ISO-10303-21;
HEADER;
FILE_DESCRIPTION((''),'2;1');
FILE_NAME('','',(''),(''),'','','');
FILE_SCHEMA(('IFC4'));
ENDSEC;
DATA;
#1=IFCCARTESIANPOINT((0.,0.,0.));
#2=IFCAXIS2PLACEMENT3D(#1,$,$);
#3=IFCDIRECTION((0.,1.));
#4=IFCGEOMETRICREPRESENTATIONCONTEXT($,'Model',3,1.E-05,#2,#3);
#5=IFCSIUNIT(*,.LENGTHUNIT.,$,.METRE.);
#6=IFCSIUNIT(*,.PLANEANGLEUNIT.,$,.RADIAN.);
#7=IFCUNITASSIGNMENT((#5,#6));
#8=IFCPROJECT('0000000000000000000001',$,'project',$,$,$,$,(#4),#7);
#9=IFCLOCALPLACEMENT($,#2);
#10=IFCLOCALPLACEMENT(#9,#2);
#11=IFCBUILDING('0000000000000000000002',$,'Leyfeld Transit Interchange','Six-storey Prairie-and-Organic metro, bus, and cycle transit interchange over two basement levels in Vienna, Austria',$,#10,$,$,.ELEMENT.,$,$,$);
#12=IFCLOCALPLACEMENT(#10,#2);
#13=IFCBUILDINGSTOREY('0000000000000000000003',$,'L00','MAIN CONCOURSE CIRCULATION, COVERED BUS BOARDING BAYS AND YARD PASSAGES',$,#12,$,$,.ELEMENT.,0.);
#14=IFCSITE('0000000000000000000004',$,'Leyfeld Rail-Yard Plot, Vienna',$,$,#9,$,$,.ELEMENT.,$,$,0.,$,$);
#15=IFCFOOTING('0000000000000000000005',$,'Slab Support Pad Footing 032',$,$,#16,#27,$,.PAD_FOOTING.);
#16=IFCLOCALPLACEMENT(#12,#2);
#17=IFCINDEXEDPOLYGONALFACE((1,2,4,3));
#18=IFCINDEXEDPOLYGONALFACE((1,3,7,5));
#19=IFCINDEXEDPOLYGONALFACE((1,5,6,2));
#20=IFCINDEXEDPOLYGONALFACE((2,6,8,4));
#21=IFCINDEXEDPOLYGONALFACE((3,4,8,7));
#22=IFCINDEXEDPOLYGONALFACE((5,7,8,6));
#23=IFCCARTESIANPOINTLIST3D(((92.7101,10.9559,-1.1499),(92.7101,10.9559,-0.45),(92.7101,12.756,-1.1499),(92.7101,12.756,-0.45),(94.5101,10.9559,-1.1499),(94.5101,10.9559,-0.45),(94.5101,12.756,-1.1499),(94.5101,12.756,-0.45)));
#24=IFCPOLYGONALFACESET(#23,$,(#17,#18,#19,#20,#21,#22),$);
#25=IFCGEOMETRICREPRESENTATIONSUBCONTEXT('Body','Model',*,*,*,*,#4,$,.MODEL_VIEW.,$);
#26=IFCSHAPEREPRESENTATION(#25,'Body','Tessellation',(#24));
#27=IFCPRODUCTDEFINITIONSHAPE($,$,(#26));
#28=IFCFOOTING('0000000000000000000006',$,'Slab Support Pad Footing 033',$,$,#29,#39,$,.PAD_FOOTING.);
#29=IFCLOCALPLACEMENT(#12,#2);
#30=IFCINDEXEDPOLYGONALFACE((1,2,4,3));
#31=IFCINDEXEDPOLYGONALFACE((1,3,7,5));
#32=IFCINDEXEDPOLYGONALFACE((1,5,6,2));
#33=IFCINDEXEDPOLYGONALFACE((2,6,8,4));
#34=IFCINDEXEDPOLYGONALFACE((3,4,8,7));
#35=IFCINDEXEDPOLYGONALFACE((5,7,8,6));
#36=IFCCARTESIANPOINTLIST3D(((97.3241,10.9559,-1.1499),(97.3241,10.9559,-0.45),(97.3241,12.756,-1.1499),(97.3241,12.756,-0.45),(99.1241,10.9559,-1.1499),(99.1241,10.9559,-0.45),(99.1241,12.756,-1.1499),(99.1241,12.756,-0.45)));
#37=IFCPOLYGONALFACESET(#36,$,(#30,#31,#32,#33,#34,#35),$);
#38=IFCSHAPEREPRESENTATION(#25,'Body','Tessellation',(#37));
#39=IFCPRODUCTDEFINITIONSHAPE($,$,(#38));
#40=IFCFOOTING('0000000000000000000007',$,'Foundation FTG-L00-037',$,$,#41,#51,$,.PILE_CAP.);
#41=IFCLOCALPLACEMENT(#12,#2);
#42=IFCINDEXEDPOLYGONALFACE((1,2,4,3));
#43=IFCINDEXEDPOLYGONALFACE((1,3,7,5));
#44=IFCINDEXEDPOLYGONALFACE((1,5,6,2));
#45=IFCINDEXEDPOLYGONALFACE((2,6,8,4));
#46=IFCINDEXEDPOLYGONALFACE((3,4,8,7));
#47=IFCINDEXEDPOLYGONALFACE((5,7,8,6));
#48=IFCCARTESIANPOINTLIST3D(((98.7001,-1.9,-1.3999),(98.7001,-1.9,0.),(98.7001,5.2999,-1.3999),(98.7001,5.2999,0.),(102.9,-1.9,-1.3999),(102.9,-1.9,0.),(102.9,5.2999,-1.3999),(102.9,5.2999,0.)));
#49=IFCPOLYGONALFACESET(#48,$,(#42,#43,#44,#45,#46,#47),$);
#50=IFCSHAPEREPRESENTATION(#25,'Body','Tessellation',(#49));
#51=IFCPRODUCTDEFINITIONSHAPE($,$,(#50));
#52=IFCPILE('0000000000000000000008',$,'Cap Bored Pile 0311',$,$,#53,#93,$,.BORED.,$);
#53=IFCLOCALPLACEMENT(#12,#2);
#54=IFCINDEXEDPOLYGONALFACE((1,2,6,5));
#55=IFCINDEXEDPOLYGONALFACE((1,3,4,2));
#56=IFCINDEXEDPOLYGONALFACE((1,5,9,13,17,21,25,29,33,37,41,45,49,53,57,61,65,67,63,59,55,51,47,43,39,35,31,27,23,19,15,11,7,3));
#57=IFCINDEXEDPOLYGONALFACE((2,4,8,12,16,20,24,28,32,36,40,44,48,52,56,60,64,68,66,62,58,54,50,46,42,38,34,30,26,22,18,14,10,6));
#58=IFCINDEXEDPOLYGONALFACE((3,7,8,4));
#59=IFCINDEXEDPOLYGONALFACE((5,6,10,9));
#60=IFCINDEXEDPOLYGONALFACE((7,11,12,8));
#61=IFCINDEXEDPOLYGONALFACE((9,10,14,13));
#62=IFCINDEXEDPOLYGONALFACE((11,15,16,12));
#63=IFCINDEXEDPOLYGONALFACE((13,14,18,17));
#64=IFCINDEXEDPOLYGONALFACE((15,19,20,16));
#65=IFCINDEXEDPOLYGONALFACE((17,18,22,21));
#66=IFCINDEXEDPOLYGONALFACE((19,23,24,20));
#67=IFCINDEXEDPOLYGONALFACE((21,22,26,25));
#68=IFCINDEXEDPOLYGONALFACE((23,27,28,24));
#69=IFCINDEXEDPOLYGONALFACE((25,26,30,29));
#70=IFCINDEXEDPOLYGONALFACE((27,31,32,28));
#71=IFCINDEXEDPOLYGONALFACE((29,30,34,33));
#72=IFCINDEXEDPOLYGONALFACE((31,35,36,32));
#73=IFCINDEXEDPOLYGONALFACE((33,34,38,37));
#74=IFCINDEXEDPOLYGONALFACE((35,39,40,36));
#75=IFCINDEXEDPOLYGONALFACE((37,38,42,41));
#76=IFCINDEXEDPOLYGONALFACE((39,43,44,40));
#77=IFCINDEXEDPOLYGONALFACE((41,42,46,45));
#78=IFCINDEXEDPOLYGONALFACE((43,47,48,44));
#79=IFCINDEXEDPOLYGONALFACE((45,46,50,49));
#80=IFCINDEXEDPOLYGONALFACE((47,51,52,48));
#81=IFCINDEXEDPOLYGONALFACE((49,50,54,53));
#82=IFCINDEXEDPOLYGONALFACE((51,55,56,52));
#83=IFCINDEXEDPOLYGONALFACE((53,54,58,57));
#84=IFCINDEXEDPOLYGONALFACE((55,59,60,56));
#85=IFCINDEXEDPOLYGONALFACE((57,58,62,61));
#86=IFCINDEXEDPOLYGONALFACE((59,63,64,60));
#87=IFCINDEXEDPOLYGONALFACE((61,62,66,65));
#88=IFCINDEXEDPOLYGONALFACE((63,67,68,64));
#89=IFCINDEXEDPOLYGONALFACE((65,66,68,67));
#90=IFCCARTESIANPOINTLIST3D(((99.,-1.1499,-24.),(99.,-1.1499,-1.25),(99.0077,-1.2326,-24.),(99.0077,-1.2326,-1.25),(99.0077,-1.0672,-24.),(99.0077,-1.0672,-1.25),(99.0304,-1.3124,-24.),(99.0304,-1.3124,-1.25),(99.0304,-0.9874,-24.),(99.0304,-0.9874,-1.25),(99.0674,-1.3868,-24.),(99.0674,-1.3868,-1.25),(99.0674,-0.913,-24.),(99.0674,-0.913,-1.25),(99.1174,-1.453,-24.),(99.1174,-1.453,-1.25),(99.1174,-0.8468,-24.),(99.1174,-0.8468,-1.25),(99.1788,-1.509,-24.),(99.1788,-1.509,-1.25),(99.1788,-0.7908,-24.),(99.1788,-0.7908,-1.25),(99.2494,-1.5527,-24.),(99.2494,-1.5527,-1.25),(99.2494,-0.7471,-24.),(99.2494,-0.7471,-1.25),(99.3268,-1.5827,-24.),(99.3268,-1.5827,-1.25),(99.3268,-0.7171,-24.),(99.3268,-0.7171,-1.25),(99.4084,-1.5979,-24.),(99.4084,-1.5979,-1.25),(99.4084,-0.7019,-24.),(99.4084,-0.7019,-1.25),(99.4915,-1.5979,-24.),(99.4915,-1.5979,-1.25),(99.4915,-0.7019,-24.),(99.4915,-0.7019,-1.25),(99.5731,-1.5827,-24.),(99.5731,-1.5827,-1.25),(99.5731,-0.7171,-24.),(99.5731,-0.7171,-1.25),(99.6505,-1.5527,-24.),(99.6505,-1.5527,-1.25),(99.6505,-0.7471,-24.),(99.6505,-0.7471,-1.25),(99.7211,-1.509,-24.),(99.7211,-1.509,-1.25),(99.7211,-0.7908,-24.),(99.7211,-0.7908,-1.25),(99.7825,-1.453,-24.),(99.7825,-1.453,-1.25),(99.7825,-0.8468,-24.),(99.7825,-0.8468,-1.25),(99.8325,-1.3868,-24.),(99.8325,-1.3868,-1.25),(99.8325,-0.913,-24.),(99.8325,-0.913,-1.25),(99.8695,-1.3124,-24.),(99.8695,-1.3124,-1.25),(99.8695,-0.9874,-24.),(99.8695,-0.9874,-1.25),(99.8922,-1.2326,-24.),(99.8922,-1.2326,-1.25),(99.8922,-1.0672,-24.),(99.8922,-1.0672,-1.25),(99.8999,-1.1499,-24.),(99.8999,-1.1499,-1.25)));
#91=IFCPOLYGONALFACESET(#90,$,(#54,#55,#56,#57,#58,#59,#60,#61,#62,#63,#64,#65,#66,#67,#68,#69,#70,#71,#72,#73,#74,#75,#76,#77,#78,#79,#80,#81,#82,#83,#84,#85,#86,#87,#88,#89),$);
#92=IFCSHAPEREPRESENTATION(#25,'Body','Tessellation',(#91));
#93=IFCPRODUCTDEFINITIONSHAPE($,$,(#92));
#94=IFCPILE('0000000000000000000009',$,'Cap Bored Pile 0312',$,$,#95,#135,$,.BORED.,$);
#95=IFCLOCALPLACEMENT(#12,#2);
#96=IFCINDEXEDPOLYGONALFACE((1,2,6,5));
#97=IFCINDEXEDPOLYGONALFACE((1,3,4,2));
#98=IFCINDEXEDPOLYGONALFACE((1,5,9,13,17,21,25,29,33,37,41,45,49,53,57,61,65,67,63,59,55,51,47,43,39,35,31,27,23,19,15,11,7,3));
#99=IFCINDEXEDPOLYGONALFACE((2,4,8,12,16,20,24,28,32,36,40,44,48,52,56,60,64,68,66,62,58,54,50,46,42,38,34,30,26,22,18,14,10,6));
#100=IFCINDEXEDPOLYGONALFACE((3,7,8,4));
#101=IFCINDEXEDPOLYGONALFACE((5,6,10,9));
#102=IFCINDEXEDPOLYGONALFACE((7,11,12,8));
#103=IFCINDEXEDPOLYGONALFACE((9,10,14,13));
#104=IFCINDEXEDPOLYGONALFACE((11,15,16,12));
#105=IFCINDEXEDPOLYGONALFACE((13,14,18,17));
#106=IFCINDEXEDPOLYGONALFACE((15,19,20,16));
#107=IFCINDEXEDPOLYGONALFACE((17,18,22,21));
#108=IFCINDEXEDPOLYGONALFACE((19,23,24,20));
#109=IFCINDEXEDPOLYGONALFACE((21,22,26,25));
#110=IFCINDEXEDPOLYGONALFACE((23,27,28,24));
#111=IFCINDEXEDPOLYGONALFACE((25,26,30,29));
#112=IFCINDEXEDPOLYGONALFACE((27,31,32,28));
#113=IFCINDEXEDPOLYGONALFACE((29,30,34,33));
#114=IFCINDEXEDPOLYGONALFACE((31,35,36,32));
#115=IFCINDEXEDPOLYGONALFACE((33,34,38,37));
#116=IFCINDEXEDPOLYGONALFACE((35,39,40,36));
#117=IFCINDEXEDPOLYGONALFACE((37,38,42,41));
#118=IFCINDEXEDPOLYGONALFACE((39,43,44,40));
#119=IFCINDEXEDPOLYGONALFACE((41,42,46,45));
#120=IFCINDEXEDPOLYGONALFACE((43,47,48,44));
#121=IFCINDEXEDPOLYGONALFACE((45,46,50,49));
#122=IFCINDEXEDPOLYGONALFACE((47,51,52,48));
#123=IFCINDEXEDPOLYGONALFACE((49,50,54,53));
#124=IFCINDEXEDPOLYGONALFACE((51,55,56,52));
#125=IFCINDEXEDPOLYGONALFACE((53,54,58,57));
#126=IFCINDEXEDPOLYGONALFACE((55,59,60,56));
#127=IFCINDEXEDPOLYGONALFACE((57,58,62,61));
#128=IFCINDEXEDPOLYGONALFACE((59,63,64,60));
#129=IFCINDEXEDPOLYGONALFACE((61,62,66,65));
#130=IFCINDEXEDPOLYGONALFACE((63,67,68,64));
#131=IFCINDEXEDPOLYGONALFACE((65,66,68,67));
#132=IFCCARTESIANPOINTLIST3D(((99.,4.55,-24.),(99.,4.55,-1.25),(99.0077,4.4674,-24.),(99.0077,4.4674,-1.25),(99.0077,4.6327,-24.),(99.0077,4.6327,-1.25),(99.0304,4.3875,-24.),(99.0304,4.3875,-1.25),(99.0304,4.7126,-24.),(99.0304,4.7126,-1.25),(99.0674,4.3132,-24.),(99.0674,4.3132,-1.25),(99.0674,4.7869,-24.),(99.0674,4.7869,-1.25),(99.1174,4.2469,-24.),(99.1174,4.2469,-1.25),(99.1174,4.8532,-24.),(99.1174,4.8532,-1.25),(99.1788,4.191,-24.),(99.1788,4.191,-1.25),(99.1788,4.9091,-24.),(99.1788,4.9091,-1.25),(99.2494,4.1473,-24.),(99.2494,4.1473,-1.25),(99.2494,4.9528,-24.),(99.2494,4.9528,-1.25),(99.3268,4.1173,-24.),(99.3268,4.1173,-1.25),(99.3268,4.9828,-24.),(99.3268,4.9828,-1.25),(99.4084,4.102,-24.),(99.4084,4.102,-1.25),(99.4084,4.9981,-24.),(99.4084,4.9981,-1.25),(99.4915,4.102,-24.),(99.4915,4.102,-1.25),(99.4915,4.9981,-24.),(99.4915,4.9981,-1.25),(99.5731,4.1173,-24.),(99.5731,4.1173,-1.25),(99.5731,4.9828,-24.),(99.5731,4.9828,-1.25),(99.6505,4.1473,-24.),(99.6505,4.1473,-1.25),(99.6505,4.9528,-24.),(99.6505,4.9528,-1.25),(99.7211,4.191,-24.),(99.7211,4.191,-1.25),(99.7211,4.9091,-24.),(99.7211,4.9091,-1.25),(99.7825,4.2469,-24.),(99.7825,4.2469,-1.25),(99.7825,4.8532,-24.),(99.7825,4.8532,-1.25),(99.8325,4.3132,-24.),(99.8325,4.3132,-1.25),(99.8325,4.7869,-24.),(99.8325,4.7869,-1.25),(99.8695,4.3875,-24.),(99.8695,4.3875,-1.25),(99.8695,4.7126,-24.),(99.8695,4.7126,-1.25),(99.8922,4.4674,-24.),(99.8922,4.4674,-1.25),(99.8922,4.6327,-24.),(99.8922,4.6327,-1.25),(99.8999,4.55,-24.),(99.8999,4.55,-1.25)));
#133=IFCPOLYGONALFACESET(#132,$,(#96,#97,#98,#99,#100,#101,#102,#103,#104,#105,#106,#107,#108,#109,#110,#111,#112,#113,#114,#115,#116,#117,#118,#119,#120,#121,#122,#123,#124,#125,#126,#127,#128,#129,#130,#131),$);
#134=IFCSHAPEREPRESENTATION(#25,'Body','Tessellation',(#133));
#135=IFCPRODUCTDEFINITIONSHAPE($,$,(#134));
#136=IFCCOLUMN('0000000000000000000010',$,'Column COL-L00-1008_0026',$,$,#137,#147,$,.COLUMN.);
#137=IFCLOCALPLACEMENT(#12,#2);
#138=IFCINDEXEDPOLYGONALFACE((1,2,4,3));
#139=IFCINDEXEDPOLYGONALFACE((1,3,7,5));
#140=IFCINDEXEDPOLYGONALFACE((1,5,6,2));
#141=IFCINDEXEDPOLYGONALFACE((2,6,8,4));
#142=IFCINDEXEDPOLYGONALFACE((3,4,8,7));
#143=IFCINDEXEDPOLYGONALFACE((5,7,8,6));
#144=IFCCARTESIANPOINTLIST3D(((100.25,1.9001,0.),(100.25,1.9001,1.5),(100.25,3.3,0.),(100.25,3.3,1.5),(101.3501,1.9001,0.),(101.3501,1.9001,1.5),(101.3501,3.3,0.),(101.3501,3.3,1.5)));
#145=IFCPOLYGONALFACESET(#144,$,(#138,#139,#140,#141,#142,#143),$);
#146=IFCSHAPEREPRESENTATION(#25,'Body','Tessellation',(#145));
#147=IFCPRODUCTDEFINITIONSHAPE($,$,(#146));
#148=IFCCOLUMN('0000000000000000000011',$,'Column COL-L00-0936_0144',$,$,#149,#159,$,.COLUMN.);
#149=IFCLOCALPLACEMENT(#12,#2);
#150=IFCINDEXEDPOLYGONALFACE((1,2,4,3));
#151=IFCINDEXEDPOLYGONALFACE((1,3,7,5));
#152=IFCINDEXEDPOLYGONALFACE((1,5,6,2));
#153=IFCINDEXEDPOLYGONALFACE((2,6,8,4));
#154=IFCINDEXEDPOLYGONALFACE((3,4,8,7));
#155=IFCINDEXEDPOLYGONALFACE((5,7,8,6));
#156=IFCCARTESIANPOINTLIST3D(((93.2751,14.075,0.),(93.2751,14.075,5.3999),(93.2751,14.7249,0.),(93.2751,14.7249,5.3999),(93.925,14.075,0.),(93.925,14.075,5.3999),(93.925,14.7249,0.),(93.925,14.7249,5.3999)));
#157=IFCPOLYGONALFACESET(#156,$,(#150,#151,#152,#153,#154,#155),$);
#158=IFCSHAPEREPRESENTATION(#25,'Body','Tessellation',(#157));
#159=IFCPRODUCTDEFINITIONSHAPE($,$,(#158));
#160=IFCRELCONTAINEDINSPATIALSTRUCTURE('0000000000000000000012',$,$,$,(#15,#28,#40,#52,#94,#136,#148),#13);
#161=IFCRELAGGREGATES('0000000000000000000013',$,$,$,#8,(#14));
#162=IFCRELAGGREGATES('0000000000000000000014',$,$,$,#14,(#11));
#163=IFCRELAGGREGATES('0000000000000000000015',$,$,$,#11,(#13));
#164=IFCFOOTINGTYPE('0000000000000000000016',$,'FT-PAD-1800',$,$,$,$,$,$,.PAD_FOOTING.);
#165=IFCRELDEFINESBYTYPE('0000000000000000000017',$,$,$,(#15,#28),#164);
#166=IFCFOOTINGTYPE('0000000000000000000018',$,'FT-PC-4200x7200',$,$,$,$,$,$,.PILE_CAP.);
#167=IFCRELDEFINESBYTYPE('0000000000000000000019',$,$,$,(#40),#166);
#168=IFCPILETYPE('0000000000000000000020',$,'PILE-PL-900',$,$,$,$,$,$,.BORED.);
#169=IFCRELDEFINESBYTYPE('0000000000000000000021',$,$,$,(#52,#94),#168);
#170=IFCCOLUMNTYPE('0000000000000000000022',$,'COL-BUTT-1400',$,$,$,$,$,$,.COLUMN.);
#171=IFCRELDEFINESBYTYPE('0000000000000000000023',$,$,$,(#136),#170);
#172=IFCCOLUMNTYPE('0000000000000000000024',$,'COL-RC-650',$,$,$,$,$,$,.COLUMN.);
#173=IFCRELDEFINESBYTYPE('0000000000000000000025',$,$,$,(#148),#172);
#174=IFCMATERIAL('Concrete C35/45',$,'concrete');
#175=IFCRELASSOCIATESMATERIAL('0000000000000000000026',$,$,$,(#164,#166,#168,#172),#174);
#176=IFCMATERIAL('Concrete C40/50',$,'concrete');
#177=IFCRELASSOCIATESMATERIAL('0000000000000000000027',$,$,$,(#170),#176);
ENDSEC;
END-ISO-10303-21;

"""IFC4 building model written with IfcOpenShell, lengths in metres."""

from ifc_helpers import new_model, si_unit, direction, frame, origin, origin_2d, place, context, subcontext, project, spatial, rectangle, circle, extrude, material, material_profile, profile_set, type_object, element, save


model = new_model("IFC4")

# Units and contexts
model_context = context("Model", 3, precision=1e-05, world=origin(), true_north=direction((0.0, 1.0)))
body_context = subcontext(model_context, "Body", "Model", "MODEL_VIEW")
ifc_project = project(units=[si_unit("LENGTHUNIT", "METRE"), si_unit("PLANEANGLEUNIT", "RADIAN")], contexts=[model_context])

# Site, building, storey
site_placement = place(None, origin())
site = spatial("IfcSite", under=ifc_project, at=site_placement, Name="Leyfeld Rail-Yard Plot, Vienna", CompositionType="ELEMENT", RefElevation=0.0)
building_placement = place(site_placement, origin())
building = spatial("IfcBuilding", under=site, at=building_placement, Name="Leyfeld Transit Interchange", Description="Six-storey Prairie-and-Organic metro, bus, and cycle transit interchange over two basement levels in Vienna, Austria", CompositionType="ELEMENT")
storey_placement = place(building_placement, origin())
storey = spatial("IfcBuildingStorey", under=building, at=storey_placement, Name="L00", Description="MAIN CONCOURSE CIRCULATION, COVERED BUS BOARDING BAYS AND YARD PASSAGES", CompositionType="ELEMENT", Elevation=0.0)

# Footings
ifc_material_1 = material(Name="Concrete C35/45", Category="concrete")
footing_type_1 = type_object("IfcFootingType", Name="FT-PAD-1800", PredefinedType="PAD_FOOTING", material=ifc_material_1)
for number, where, z_axis, x_axis, name in (
    (1, (93.6101, 11.856, -1.1499), (0.0, 0.0, 1.0), (1.0, 0.0, 0.0), "Slab Support Pad Footing 032"),
    (2, (98.2241, 11.856, -1.1499), (0.0, 0.0, 1.0), (1.0, 0.0, 0.0), "Slab Support Pad Footing 033"),
):
    element("IfcFooting", number, at=place(storey_placement, frame(where, z_axis=z_axis, x_axis=x_axis)), inside=storey, type_object=footing_type_1, Name=name, PredefinedType="PAD_FOOTING", context=body_context, shape_type="SweptSolid", body=[
        extrude(rectangle(XDim=1.8, YDim=1.8, at=origin_2d()), origin(), (0.0, 0.0, 1.0), 0.7),
    ])
footing_type_2 = type_object("IfcFootingType", Name="FT-PC-4200x7200", PredefinedType="PILE_CAP", material=ifc_material_1)
footing_placement = place(storey_placement, frame((100.8, 1.7, -1.3999), z_axis=(0.0, 0.0, 1.0), x_axis=(1.0, 0.0, 0.0)))
element("IfcFooting", 3, at=footing_placement, inside=storey, type_object=footing_type_2, Name="Foundation FTG-L00-037", PredefinedType="PILE_CAP", context=body_context, shape_type="SweptSolid", body=[
    extrude(rectangle(XDim=4.2, YDim=7.2, at=origin_2d()), origin(), (0.0, 0.0, 1.0), 1.3999),
])

# Piles
ifc_material_profile_1 = material_profile(ifc_material_1, circle(Radius=0.45, at=origin_2d()), Name="PILE D900")
ifc_profile_set_1 = profile_set([ifc_material_profile_1], Name="Concrete C35/45")
pile_type = type_object("IfcPileType", Name="PILE-PL-900", PredefinedType="BORED", material=ifc_profile_set_1)
for number, where, z_axis, x_axis, name in (
    (4, (99.45, -1.1499, -1.25), (0.0, 0.0, -1.0), (1.0, 0.0, 0.0), "Cap Bored Pile 0311"),
    (5, (99.45, 4.55, -1.25), (0.0, 0.0, -1.0), (1.0, 0.0, 0.0), "Cap Bored Pile 0312"),
):
    element("IfcPile", number, at=place(storey_placement, frame(where, z_axis=z_axis, x_axis=x_axis)), inside=storey, type_object=pile_type, Name=name, PredefinedType="BORED", context=body_context, shape_type="SweptSolid", body=[
        extrude(circle(Radius=0.45, at=origin_2d()), origin(), (0.0, 0.0, 1.0), 22.75),
    ])

# Columns
ifc_material_2 = material(Name="Concrete C40/50", Category="concrete")
ifc_material_profile_2 = material_profile(ifc_material_2, rectangle(XDim=1.1001, YDim=1.3999, at=origin_2d()), Name="RC 1400x1100")
ifc_profile_set_2 = profile_set([ifc_material_profile_2], Name="Concrete C40/50")
column_type_1 = type_object("IfcColumnType", Name="COL-BUTT-1400", PredefinedType="COLUMN", material=ifc_profile_set_2)
column_1_placement = place(storey_placement, frame((100.8, 2.6001, 0.0), z_axis=(0.0, 0.0, 1.0), x_axis=(1.0, 0.0, 0.0)))
element("IfcColumn", 6, at=column_1_placement, inside=storey, type_object=column_type_1, Name="Column COL-L00-1008_0026", PredefinedType="COLUMN", context=body_context, shape_type="SweptSolid", body=[
    extrude(rectangle(XDim=1.1001, YDim=1.3999, at=origin_2d()), origin(), (0.0, 0.0, 1.0), 1.5),
])
ifc_material_profile_3 = material_profile(ifc_material_1, rectangle(XDim=0.6499, YDim=0.6499, at=origin_2d()), Name="RC 650x650")
ifc_profile_set_3 = profile_set([ifc_material_profile_3], Name="Concrete C35/45")
column_type_2 = type_object("IfcColumnType", Name="COL-RC-650", PredefinedType="COLUMN", material=ifc_profile_set_3)
column_2_placement = place(storey_placement, frame((93.6001, 14.3999, 0.0), z_axis=(0.0, 0.0, 1.0), x_axis=(1.0, 0.0, 0.0)))
element("IfcColumn", 7, at=column_2_placement, inside=storey, type_object=column_type_2, Name="Column COL-L00-0936_0144", PredefinedType="COLUMN", context=body_context, shape_type="SweptSolid", body=[
    extrude(rectangle(XDim=0.6499, YDim=0.6499, at=origin_2d()), origin(), (0.0, 0.0, 1.0), 5.3999),
])

save(model, "model.ifc")
